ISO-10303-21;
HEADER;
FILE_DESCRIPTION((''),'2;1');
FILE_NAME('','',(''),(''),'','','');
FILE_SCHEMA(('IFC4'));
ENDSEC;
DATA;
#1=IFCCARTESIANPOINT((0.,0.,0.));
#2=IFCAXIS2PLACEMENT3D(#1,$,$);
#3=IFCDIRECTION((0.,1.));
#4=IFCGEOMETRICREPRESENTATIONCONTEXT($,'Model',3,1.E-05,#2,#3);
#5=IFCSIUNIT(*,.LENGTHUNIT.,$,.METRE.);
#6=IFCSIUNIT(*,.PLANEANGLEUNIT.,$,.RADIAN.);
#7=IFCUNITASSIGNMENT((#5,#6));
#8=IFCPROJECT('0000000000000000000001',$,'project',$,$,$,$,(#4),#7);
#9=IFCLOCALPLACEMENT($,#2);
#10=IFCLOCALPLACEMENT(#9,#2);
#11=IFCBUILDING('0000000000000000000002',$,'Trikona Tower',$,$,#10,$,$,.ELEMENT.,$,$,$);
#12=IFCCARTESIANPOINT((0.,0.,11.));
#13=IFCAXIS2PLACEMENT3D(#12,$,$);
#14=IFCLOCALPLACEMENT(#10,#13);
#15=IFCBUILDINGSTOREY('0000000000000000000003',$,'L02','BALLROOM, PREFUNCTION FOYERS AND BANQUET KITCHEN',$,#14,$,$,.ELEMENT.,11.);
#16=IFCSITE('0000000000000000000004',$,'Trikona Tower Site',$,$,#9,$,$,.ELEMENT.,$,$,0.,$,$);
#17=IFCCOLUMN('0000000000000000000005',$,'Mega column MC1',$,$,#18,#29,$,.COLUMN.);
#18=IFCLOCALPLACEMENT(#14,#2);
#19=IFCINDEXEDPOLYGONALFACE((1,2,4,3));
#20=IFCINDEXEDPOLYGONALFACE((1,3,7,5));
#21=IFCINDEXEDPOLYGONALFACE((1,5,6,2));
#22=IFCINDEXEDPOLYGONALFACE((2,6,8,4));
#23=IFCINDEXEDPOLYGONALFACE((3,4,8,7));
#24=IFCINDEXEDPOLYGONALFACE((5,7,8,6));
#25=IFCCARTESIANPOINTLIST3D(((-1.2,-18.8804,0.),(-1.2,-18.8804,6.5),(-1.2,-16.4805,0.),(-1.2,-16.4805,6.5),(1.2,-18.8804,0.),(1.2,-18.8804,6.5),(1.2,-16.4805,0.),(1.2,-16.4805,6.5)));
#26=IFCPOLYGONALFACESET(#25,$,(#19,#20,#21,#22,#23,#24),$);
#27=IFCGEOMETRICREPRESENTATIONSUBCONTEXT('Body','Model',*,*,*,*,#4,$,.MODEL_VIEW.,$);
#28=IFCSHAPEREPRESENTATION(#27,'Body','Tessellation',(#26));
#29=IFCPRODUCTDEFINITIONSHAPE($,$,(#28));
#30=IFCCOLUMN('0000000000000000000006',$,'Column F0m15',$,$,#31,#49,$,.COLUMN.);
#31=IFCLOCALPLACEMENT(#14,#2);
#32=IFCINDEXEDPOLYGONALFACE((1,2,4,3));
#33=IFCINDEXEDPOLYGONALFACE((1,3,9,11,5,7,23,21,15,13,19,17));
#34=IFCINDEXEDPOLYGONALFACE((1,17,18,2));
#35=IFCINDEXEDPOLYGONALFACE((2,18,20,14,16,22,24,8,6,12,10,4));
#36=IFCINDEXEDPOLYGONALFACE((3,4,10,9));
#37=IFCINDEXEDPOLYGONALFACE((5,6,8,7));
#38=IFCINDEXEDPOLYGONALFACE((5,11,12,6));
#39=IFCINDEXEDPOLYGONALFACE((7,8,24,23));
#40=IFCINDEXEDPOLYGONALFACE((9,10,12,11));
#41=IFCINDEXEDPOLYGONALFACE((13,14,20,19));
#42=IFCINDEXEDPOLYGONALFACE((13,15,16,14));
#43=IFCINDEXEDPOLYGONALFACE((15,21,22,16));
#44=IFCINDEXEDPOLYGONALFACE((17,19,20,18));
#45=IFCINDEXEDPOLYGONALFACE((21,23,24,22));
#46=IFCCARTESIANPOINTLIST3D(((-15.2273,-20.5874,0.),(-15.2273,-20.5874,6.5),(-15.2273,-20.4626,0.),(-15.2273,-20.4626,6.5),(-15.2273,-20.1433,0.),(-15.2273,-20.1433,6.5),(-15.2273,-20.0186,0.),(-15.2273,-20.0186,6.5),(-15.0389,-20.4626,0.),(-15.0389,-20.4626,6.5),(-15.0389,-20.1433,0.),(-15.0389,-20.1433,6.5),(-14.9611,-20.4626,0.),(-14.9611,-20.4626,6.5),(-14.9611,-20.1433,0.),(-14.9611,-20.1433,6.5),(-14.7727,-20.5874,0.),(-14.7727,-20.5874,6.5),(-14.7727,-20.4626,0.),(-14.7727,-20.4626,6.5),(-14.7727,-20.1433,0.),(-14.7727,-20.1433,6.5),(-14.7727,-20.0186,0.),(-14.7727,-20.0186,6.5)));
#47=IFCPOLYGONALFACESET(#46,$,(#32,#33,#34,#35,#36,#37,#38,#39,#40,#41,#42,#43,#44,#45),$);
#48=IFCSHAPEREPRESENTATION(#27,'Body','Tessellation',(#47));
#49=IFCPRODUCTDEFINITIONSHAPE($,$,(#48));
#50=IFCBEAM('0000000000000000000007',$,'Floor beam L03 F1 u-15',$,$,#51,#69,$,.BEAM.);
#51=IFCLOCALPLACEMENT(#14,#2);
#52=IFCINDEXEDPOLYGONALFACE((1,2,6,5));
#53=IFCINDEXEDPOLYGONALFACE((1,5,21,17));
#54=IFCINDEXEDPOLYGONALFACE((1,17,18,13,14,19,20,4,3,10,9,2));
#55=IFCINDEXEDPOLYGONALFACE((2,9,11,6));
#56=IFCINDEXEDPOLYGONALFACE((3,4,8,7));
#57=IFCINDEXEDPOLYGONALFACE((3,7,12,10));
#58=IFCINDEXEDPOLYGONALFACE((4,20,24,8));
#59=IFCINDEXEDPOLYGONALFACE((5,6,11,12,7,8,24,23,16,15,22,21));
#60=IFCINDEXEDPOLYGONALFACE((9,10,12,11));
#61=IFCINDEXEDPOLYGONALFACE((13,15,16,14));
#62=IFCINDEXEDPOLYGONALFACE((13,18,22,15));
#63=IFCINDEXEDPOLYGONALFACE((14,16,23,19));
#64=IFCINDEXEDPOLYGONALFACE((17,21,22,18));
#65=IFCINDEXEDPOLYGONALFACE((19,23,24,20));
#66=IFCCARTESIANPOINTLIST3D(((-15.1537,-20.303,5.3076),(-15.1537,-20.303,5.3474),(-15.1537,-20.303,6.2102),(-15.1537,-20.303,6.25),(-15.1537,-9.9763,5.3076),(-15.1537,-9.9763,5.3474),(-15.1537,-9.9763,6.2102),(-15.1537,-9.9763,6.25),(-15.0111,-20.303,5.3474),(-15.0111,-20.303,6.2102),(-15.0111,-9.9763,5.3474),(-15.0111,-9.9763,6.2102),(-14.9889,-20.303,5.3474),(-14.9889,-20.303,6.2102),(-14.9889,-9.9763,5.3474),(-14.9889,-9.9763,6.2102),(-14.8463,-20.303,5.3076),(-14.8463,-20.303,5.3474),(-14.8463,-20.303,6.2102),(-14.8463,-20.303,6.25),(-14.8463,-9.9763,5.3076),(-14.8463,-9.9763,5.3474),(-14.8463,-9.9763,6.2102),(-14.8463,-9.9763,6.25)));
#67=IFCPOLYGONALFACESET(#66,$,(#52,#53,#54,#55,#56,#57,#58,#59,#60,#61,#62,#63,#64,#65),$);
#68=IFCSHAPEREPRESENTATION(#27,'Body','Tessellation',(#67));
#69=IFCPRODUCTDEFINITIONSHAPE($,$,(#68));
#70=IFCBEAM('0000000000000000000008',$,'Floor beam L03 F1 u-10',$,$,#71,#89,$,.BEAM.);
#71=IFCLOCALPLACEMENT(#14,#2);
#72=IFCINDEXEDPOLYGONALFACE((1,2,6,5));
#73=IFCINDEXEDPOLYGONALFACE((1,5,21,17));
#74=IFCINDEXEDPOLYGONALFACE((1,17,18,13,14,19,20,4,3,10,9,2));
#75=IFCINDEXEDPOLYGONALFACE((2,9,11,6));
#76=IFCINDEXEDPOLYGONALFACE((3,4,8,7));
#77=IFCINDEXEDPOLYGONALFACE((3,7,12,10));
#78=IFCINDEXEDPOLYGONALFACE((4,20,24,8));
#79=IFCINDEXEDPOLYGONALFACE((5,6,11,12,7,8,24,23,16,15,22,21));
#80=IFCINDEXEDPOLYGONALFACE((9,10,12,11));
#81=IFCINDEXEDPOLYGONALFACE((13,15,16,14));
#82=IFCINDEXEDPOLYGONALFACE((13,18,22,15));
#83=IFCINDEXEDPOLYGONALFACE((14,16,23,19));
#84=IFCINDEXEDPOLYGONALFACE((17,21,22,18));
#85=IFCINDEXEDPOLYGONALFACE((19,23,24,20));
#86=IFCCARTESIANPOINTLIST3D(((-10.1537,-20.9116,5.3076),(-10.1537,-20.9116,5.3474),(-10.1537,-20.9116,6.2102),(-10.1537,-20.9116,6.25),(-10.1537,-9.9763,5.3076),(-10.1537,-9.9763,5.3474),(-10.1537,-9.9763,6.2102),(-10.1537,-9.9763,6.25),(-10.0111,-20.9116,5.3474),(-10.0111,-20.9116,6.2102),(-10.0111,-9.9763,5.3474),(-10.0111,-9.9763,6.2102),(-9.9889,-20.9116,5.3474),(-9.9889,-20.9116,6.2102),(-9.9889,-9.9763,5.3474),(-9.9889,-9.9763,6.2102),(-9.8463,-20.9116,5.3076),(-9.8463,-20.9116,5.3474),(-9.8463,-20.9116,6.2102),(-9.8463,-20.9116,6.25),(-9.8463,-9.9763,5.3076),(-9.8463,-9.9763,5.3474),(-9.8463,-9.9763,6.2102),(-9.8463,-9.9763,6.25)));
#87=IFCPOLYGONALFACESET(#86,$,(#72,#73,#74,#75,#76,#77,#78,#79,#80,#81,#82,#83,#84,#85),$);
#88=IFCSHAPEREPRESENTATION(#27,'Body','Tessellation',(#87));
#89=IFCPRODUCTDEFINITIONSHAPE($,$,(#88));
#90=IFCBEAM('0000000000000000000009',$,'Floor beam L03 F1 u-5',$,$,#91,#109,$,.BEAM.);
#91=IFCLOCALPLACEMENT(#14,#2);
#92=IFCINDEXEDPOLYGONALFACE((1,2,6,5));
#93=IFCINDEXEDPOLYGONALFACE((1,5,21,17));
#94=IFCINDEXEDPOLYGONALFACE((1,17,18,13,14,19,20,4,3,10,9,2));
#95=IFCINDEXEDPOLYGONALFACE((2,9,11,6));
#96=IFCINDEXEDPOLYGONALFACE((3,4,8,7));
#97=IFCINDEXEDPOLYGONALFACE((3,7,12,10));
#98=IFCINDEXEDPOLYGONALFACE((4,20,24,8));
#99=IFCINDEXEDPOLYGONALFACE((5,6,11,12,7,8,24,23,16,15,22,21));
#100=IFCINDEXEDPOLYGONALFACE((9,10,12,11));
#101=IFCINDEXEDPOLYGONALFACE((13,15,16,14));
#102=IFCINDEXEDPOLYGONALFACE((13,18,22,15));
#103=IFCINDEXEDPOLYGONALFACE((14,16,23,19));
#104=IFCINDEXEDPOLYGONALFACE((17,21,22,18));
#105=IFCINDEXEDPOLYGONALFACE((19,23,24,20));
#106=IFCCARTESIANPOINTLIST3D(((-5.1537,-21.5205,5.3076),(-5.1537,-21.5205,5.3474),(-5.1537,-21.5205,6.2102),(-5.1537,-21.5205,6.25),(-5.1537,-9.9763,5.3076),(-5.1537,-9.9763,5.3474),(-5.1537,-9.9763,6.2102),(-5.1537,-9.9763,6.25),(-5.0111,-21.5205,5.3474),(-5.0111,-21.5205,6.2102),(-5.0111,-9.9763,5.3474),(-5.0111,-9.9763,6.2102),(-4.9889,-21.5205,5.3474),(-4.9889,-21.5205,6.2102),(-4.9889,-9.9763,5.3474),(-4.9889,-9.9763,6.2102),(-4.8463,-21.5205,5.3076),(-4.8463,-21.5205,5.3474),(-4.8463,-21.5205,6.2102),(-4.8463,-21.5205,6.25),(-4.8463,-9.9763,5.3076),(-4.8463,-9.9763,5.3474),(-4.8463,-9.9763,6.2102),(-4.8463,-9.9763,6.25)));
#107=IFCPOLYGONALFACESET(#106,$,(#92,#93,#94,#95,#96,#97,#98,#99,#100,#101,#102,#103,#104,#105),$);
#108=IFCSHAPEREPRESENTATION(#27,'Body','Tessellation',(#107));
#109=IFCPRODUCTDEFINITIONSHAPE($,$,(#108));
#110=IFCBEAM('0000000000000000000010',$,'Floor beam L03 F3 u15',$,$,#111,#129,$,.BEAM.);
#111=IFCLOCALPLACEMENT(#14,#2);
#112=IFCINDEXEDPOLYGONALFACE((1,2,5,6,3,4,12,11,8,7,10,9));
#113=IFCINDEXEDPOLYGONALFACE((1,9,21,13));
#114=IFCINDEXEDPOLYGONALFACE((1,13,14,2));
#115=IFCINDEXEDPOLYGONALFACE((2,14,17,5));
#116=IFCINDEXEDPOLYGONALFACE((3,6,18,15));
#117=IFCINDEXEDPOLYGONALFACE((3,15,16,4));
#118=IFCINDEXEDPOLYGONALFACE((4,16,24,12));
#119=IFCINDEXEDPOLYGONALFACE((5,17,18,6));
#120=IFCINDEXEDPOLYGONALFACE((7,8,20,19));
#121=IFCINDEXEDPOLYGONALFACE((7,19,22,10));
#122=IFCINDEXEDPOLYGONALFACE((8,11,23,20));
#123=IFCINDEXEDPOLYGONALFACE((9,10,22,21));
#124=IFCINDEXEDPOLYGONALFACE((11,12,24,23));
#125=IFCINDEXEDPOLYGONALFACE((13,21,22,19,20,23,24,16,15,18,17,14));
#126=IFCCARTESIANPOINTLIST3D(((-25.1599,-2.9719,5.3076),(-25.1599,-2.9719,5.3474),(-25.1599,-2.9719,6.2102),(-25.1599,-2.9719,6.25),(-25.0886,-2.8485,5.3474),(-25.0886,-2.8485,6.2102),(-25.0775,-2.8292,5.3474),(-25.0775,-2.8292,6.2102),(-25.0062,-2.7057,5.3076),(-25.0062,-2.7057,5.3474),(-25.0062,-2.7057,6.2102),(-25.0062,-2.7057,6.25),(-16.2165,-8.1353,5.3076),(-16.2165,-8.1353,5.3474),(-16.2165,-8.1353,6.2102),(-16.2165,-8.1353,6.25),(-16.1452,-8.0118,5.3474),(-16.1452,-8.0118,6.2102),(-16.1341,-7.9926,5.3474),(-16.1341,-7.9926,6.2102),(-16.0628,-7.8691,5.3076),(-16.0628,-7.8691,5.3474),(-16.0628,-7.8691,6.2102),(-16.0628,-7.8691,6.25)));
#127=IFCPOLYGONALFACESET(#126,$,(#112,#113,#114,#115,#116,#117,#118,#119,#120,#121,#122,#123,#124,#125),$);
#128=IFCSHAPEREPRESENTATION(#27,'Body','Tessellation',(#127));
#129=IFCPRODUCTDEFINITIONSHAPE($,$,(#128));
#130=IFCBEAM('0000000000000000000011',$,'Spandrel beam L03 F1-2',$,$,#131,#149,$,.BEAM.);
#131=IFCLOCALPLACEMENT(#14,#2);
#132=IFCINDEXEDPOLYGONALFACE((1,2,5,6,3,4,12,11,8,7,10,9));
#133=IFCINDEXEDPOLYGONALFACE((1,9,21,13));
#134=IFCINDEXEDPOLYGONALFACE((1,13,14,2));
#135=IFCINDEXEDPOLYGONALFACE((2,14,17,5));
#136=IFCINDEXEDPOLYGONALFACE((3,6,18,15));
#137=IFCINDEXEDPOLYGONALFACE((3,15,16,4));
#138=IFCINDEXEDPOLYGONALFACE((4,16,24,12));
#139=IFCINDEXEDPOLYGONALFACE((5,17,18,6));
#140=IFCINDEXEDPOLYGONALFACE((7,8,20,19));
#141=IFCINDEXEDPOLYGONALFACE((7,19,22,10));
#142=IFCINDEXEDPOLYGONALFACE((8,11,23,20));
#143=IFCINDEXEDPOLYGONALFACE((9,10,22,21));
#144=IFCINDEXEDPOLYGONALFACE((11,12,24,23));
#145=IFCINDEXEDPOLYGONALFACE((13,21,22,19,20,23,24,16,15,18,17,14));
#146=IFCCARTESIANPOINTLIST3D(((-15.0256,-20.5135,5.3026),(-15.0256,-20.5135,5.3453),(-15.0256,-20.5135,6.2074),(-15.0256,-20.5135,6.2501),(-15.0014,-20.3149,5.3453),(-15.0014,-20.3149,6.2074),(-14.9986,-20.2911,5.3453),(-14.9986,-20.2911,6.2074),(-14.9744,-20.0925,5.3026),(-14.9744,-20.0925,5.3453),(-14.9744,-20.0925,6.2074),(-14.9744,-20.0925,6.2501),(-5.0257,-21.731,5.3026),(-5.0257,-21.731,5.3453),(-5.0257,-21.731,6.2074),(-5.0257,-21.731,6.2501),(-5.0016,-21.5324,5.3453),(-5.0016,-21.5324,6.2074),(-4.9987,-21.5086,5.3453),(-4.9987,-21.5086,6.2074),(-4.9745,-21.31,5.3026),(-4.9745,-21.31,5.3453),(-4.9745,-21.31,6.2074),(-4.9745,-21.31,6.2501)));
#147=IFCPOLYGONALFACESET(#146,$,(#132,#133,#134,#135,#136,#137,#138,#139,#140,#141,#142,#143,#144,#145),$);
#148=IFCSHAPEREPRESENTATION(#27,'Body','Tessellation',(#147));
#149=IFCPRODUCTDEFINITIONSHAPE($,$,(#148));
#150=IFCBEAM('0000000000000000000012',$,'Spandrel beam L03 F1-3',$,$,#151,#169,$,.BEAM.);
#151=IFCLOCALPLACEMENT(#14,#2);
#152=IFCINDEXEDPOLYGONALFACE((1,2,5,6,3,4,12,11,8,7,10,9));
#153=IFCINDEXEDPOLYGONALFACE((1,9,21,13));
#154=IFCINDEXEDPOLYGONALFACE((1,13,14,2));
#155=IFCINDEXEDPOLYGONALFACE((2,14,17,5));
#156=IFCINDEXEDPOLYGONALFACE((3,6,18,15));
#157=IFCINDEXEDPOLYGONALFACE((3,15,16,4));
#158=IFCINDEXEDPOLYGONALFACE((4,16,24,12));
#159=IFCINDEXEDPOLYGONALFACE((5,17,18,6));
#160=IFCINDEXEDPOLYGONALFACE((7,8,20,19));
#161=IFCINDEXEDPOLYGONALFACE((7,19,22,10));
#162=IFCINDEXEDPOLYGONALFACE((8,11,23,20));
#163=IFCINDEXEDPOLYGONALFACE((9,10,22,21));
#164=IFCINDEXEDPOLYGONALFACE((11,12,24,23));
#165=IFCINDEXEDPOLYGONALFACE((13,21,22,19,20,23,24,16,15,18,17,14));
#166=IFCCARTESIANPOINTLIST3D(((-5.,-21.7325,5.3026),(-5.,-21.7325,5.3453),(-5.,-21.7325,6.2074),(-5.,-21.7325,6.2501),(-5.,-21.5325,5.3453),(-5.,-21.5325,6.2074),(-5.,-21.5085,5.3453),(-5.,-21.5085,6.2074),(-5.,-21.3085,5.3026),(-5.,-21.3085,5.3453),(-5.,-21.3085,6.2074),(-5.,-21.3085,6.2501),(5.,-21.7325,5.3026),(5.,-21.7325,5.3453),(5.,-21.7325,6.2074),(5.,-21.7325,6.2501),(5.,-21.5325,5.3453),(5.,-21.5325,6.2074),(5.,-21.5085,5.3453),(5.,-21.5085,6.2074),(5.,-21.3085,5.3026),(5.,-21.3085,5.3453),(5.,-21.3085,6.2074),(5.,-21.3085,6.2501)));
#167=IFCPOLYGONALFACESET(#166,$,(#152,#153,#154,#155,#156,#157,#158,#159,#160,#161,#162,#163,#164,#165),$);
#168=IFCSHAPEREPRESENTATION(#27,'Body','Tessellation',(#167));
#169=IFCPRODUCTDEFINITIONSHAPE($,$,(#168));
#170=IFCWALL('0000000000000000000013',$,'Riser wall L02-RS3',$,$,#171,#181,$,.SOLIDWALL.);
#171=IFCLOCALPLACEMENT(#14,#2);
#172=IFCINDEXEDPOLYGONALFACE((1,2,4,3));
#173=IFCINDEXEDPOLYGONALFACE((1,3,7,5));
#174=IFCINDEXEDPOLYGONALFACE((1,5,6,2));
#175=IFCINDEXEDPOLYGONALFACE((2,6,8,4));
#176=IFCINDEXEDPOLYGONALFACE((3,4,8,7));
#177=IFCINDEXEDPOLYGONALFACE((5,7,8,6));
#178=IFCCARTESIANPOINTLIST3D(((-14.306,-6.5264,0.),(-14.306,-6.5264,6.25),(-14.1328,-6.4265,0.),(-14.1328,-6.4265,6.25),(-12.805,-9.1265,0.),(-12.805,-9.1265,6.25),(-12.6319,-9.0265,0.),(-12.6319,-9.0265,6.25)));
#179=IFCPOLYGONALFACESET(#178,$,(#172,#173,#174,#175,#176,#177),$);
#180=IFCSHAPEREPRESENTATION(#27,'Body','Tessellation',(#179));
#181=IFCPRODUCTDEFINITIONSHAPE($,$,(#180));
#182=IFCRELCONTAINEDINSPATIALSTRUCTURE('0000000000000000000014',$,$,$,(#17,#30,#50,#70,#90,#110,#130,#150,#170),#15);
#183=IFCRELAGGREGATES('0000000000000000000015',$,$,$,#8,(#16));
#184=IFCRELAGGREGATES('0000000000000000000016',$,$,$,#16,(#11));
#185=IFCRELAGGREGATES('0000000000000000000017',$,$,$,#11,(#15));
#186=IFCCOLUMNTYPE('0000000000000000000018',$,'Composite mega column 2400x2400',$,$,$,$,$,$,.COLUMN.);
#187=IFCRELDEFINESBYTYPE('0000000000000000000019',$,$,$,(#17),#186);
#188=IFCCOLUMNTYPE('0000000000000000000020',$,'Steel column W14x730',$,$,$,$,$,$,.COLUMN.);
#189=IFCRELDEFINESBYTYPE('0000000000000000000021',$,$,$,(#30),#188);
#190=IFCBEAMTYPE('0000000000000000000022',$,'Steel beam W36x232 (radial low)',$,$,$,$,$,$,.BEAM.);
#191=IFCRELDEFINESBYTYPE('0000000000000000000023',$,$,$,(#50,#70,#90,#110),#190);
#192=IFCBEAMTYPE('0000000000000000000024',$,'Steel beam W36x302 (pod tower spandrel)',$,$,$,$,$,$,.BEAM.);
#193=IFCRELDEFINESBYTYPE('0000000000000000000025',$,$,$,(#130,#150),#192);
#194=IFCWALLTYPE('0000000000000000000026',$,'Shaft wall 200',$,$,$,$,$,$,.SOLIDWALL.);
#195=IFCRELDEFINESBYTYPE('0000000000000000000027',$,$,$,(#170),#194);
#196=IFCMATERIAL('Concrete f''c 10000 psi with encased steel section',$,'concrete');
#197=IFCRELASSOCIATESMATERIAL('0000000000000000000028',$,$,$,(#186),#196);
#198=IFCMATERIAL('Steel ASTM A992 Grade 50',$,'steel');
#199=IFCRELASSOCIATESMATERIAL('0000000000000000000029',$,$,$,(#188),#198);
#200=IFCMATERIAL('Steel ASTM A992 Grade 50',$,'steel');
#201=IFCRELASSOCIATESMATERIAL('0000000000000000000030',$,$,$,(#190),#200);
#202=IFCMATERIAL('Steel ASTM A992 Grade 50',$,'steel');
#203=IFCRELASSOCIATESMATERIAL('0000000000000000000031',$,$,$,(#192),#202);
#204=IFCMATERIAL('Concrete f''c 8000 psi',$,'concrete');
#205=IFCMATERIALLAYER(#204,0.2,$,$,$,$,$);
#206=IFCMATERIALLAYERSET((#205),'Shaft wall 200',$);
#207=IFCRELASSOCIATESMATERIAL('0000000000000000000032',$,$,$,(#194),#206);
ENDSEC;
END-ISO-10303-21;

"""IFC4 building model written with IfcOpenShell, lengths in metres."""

from ifc_helpers import new_model, si_unit, direction, frame, frame_2d, origin, origin_2d, place, context, subcontext, project, spatial, rectangle, i_section, extrude, material, layer, layer_set, material_profile, profile_set, type_object, element, save


model = new_model("IFC4")

# Units and contexts
model_context = context("Model", 3, precision=1e-05, world=origin(), true_north=direction((0.0, 1.0)))
body_context = subcontext(model_context, "Body", "Model", "MODEL_VIEW")
ifc_project = project(units=[si_unit("LENGTHUNIT", "METRE"), si_unit("PLANEANGLEUNIT", "RADIAN")], contexts=[model_context])

# Site, building, storey
site_placement = place(None, origin())
site = spatial("IfcSite", under=ifc_project, at=site_placement, Name="Trikona Tower Site", CompositionType="ELEMENT", RefElevation=0.0)
building_placement = place(site_placement, origin())
building = spatial("IfcBuilding", under=site, at=building_placement, Name="Trikona Tower", CompositionType="ELEMENT")
storey_placement = place(building_placement, frame((0.0, 0.0, 11.0)))
storey = spatial("IfcBuildingStorey", under=building, at=storey_placement, Name="L02", Description="BALLROOM, PREFUNCTION FOYERS AND BANQUET KITCHEN", CompositionType="ELEMENT", Elevation=11.0)

# Columns
ifc_material_1 = material(Name="Concrete f'c 10000 psi with encased steel section", Category="concrete")
ifc_material_profile_1 = material_profile(ifc_material_1, rectangle(XDim=2.3999, YDim=2.3999, at=origin_2d()), Name="MC2400")
ifc_profile_set_1 = profile_set([ifc_material_profile_1], Name="Concrete f'c 10000 psi with encased steel section")
column_type_1 = type_object("IfcColumnType", Name="Composite mega column 2400x2400", PredefinedType="COLUMN", material=ifc_profile_set_1)
column_1_placement = place(storey_placement, frame((0.0, -17.6804, 0.0), z_axis=(0.0, 0.0, 1.0), x_axis=(0.0, -1.0, 0.0)))
element("IfcColumn", 1, at=column_1_placement, inside=storey, type_object=column_type_1, Name="Mega column MC1", PredefinedType="COLUMN", context=body_context, shape_type="SweptSolid", body=[
    extrude(rectangle(XDim=2.3999, YDim=2.3999, at=origin_2d()), origin(), (0.0, 0.0, 1.0), 6.5),
])
ifc_material_2 = material(Name="Steel ASTM A992 Grade 50", Category="steel")
ifc_material_profile_2 = material_profile(ifc_material_2, i_section(OverallWidth=0.4546, OverallDepth=0.5688, WebThickness=0.0779, FlangeThickness=0.1248, at=origin_2d()), Name="W14X730")
ifc_profile_set_2 = profile_set([ifc_material_profile_2], Name="Steel ASTM A992 Grade 50")
column_type_2 = type_object("IfcColumnType", Name="Steel column W14x730", PredefinedType="COLUMN", material=ifc_profile_set_2)
column_2_placement = place(storey_placement, frame((-15.0, -20.303, 0.0), z_axis=(0.0, 0.0, 1.0), x_axis=(1.0, 0.0, 0.0)))
element("IfcColumn", 2, at=column_2_placement, inside=storey, type_object=column_type_2, Name="Column F0m15", PredefinedType="COLUMN", context=body_context, shape_type="SweptSolid", body=[
    extrude(i_section(OverallWidth=0.4546, OverallDepth=0.5688, WebThickness=0.0779, FlangeThickness=0.1248, at=origin_2d()), origin(), (0.0, 0.0, 1.0), 6.5),
])

# Beams
ifc_material_3 = material(Name="Steel ASTM A992 Grade 50", Category="steel")
ifc_material_profile_3 = material_profile(ifc_material_3, i_section(OverallWidth=0.3074, OverallDepth=0.9424, WebThickness=0.0222, FlangeThickness=0.0398, at=origin_2d()), Name="W36X232")
ifc_profile_set_3 = profile_set([ifc_material_profile_3], Name="Steel ASTM A992 Grade 50")
beam_type_1 = type_object("IfcBeamType", Name="Steel beam W36x232 (radial low)", PredefinedType="BEAM", material=ifc_profile_set_3)
beam_1_placement = place(storey_placement, frame((-15.0, -9.9763, 5.7788), z_axis=(0.0, -1.0, 0.0), x_axis=(1.0, 0.0, 0.0)))
element("IfcBeam", 3, at=beam_1_placement, inside=storey, type_object=beam_type_1, Name="Floor beam L03 F1 u-15", PredefinedType="BEAM", context=body_context, shape_type="SweptSolid", body=[
    extrude(i_section(OverallWidth=0.3074, OverallDepth=0.9424, WebThickness=0.0222, FlangeThickness=0.0398, at=origin_2d()), origin(), (0.0, 0.0, 1.0), 10.3267),
])
beam_2_placement = place(storey_placement, frame((-10.0, -9.9763, 5.7788), z_axis=(0.0, -1.0, 0.0), x_axis=(1.0, 0.0, 0.0)))
element("IfcBeam", 4, at=beam_2_placement, inside=storey, type_object=beam_type_1, Name="Floor beam L03 F1 u-10", PredefinedType="BEAM", context=body_context, shape_type="SweptSolid", body=[
    extrude(i_section(OverallWidth=0.3074, OverallDepth=0.9424, WebThickness=0.0222, FlangeThickness=0.0398, at=origin_2d()), origin(), (0.0, 0.0, 1.0), 10.9353),
])
beam_3_placement = place(storey_placement, frame((-5.0, -9.9763, 5.7788), z_axis=(0.0, -1.0, 0.0), x_axis=(1.0, 0.0, 0.0)))
element("IfcBeam", 5, at=beam_3_placement, inside=storey, type_object=beam_type_1, Name="Floor beam L03 F1 u-5", PredefinedType="BEAM", context=body_context, shape_type="SweptSolid", body=[
    extrude(i_section(OverallWidth=0.3074, OverallDepth=0.9424, WebThickness=0.0222, FlangeThickness=0.0398, at=origin_2d()), origin(), (0.0, 0.0, 1.0), 11.5442),
])
beam_4_placement = place(storey_placement, frame((-16.1396, -8.0022, 5.7788), z_axis=(-0.86603, 0.499991, 0.0), x_axis=(-0.499991, -0.86603, 0.0)))
element("IfcBeam", 6, at=beam_4_placement, inside=storey, type_object=beam_type_1, Name="Floor beam L03 F3 u15", PredefinedType="BEAM", context=body_context, shape_type="SweptSolid", body=[
    extrude(i_section(OverallWidth=0.3074, OverallDepth=0.9424, WebThickness=0.0222, FlangeThickness=0.0398, at=origin_2d()), origin(), (0.0, 0.0, 1.0), 10.3269),
])
ifc_material_4 = material(Name="Steel ASTM A992 Grade 50", Category="steel")
ifc_material_profile_4 = material_profile(ifc_material_4, i_section(OverallWidth=0.4241, OverallDepth=0.9475, WebThickness=0.0239, FlangeThickness=0.0427, at=origin_2d()), Name="W36X302")
ifc_profile_set_4 = profile_set([ifc_material_profile_4], Name="Steel ASTM A992 Grade 50")
beam_type_2 = type_object("IfcBeamType", Name="Steel beam W36x302 (pod tower spandrel)", PredefinedType="BEAM", material=ifc_profile_set_4)
beam_5_placement = place(storey_placement, frame((-15.0, -20.303, 5.7764), z_axis=(0.99267, -0.12086, 0.0), x_axis=(0.12086, 0.99267, 0.0)))
element("IfcBeam", 7, at=beam_5_placement, inside=storey, type_object=beam_type_2, Name="Spandrel beam L03 F1-2", PredefinedType="BEAM", context=body_context, shape_type="SweptSolid", body=[
    extrude(i_section(OverallWidth=0.4241, OverallDepth=0.9475, WebThickness=0.0239, FlangeThickness=0.0427, at=origin_2d()), origin(), (0.0, 0.0, 1.0), 10.0737),
])
beam_6_placement = place(storey_placement, frame((-5.0, -21.5205, 5.7764), z_axis=(1.0, 0.0, 0.0), x_axis=(0.0, 1.0, 0.0)))
element("IfcBeam", 8, at=beam_6_placement, inside=storey, type_object=beam_type_2, Name="Spandrel beam L03 F1-3", PredefinedType="BEAM", context=body_context, shape_type="SweptSolid", body=[
    extrude(i_section(OverallWidth=0.4241, OverallDepth=0.9475, WebThickness=0.0239, FlangeThickness=0.0427, at=origin_2d()), origin(), (0.0, 0.0, 1.0), 10.0),
])

# Wall
ifc_material_5 = material(Name="Concrete f'c 8000 psi", Category="concrete")
ifc_layer_1 = layer(ifc_material_5, 0.2)
ifc_layer_set_1 = layer_set([ifc_layer_1], Name="Shaft wall 200")
wall_type_1 = type_object("IfcWallType", Name="Shaft wall 200", PredefinedType="SOLIDWALL", material=ifc_layer_set_1)
wall_1_placement = place(storey_placement, frame((-12.7185, -9.0764, 0.0), z_axis=(0.0, 0.0, 1.0), x_axis=(-0.499952, 0.866053, 0.0)))
element("IfcWall", 9, at=wall_1_placement, inside=storey, type_object=wall_type_1, Name="Riser wall L02-RS3", PredefinedType="SOLIDWALL", context=body_context, shape_type="SweptSolid", body=[
    extrude(rectangle(XDim=3.0022, YDim=0.2, at=frame_2d((1.501, 0.0))), origin(), (0.0, 0.0, 1.0), 6.25),
])

save(model, "model.ifc")
